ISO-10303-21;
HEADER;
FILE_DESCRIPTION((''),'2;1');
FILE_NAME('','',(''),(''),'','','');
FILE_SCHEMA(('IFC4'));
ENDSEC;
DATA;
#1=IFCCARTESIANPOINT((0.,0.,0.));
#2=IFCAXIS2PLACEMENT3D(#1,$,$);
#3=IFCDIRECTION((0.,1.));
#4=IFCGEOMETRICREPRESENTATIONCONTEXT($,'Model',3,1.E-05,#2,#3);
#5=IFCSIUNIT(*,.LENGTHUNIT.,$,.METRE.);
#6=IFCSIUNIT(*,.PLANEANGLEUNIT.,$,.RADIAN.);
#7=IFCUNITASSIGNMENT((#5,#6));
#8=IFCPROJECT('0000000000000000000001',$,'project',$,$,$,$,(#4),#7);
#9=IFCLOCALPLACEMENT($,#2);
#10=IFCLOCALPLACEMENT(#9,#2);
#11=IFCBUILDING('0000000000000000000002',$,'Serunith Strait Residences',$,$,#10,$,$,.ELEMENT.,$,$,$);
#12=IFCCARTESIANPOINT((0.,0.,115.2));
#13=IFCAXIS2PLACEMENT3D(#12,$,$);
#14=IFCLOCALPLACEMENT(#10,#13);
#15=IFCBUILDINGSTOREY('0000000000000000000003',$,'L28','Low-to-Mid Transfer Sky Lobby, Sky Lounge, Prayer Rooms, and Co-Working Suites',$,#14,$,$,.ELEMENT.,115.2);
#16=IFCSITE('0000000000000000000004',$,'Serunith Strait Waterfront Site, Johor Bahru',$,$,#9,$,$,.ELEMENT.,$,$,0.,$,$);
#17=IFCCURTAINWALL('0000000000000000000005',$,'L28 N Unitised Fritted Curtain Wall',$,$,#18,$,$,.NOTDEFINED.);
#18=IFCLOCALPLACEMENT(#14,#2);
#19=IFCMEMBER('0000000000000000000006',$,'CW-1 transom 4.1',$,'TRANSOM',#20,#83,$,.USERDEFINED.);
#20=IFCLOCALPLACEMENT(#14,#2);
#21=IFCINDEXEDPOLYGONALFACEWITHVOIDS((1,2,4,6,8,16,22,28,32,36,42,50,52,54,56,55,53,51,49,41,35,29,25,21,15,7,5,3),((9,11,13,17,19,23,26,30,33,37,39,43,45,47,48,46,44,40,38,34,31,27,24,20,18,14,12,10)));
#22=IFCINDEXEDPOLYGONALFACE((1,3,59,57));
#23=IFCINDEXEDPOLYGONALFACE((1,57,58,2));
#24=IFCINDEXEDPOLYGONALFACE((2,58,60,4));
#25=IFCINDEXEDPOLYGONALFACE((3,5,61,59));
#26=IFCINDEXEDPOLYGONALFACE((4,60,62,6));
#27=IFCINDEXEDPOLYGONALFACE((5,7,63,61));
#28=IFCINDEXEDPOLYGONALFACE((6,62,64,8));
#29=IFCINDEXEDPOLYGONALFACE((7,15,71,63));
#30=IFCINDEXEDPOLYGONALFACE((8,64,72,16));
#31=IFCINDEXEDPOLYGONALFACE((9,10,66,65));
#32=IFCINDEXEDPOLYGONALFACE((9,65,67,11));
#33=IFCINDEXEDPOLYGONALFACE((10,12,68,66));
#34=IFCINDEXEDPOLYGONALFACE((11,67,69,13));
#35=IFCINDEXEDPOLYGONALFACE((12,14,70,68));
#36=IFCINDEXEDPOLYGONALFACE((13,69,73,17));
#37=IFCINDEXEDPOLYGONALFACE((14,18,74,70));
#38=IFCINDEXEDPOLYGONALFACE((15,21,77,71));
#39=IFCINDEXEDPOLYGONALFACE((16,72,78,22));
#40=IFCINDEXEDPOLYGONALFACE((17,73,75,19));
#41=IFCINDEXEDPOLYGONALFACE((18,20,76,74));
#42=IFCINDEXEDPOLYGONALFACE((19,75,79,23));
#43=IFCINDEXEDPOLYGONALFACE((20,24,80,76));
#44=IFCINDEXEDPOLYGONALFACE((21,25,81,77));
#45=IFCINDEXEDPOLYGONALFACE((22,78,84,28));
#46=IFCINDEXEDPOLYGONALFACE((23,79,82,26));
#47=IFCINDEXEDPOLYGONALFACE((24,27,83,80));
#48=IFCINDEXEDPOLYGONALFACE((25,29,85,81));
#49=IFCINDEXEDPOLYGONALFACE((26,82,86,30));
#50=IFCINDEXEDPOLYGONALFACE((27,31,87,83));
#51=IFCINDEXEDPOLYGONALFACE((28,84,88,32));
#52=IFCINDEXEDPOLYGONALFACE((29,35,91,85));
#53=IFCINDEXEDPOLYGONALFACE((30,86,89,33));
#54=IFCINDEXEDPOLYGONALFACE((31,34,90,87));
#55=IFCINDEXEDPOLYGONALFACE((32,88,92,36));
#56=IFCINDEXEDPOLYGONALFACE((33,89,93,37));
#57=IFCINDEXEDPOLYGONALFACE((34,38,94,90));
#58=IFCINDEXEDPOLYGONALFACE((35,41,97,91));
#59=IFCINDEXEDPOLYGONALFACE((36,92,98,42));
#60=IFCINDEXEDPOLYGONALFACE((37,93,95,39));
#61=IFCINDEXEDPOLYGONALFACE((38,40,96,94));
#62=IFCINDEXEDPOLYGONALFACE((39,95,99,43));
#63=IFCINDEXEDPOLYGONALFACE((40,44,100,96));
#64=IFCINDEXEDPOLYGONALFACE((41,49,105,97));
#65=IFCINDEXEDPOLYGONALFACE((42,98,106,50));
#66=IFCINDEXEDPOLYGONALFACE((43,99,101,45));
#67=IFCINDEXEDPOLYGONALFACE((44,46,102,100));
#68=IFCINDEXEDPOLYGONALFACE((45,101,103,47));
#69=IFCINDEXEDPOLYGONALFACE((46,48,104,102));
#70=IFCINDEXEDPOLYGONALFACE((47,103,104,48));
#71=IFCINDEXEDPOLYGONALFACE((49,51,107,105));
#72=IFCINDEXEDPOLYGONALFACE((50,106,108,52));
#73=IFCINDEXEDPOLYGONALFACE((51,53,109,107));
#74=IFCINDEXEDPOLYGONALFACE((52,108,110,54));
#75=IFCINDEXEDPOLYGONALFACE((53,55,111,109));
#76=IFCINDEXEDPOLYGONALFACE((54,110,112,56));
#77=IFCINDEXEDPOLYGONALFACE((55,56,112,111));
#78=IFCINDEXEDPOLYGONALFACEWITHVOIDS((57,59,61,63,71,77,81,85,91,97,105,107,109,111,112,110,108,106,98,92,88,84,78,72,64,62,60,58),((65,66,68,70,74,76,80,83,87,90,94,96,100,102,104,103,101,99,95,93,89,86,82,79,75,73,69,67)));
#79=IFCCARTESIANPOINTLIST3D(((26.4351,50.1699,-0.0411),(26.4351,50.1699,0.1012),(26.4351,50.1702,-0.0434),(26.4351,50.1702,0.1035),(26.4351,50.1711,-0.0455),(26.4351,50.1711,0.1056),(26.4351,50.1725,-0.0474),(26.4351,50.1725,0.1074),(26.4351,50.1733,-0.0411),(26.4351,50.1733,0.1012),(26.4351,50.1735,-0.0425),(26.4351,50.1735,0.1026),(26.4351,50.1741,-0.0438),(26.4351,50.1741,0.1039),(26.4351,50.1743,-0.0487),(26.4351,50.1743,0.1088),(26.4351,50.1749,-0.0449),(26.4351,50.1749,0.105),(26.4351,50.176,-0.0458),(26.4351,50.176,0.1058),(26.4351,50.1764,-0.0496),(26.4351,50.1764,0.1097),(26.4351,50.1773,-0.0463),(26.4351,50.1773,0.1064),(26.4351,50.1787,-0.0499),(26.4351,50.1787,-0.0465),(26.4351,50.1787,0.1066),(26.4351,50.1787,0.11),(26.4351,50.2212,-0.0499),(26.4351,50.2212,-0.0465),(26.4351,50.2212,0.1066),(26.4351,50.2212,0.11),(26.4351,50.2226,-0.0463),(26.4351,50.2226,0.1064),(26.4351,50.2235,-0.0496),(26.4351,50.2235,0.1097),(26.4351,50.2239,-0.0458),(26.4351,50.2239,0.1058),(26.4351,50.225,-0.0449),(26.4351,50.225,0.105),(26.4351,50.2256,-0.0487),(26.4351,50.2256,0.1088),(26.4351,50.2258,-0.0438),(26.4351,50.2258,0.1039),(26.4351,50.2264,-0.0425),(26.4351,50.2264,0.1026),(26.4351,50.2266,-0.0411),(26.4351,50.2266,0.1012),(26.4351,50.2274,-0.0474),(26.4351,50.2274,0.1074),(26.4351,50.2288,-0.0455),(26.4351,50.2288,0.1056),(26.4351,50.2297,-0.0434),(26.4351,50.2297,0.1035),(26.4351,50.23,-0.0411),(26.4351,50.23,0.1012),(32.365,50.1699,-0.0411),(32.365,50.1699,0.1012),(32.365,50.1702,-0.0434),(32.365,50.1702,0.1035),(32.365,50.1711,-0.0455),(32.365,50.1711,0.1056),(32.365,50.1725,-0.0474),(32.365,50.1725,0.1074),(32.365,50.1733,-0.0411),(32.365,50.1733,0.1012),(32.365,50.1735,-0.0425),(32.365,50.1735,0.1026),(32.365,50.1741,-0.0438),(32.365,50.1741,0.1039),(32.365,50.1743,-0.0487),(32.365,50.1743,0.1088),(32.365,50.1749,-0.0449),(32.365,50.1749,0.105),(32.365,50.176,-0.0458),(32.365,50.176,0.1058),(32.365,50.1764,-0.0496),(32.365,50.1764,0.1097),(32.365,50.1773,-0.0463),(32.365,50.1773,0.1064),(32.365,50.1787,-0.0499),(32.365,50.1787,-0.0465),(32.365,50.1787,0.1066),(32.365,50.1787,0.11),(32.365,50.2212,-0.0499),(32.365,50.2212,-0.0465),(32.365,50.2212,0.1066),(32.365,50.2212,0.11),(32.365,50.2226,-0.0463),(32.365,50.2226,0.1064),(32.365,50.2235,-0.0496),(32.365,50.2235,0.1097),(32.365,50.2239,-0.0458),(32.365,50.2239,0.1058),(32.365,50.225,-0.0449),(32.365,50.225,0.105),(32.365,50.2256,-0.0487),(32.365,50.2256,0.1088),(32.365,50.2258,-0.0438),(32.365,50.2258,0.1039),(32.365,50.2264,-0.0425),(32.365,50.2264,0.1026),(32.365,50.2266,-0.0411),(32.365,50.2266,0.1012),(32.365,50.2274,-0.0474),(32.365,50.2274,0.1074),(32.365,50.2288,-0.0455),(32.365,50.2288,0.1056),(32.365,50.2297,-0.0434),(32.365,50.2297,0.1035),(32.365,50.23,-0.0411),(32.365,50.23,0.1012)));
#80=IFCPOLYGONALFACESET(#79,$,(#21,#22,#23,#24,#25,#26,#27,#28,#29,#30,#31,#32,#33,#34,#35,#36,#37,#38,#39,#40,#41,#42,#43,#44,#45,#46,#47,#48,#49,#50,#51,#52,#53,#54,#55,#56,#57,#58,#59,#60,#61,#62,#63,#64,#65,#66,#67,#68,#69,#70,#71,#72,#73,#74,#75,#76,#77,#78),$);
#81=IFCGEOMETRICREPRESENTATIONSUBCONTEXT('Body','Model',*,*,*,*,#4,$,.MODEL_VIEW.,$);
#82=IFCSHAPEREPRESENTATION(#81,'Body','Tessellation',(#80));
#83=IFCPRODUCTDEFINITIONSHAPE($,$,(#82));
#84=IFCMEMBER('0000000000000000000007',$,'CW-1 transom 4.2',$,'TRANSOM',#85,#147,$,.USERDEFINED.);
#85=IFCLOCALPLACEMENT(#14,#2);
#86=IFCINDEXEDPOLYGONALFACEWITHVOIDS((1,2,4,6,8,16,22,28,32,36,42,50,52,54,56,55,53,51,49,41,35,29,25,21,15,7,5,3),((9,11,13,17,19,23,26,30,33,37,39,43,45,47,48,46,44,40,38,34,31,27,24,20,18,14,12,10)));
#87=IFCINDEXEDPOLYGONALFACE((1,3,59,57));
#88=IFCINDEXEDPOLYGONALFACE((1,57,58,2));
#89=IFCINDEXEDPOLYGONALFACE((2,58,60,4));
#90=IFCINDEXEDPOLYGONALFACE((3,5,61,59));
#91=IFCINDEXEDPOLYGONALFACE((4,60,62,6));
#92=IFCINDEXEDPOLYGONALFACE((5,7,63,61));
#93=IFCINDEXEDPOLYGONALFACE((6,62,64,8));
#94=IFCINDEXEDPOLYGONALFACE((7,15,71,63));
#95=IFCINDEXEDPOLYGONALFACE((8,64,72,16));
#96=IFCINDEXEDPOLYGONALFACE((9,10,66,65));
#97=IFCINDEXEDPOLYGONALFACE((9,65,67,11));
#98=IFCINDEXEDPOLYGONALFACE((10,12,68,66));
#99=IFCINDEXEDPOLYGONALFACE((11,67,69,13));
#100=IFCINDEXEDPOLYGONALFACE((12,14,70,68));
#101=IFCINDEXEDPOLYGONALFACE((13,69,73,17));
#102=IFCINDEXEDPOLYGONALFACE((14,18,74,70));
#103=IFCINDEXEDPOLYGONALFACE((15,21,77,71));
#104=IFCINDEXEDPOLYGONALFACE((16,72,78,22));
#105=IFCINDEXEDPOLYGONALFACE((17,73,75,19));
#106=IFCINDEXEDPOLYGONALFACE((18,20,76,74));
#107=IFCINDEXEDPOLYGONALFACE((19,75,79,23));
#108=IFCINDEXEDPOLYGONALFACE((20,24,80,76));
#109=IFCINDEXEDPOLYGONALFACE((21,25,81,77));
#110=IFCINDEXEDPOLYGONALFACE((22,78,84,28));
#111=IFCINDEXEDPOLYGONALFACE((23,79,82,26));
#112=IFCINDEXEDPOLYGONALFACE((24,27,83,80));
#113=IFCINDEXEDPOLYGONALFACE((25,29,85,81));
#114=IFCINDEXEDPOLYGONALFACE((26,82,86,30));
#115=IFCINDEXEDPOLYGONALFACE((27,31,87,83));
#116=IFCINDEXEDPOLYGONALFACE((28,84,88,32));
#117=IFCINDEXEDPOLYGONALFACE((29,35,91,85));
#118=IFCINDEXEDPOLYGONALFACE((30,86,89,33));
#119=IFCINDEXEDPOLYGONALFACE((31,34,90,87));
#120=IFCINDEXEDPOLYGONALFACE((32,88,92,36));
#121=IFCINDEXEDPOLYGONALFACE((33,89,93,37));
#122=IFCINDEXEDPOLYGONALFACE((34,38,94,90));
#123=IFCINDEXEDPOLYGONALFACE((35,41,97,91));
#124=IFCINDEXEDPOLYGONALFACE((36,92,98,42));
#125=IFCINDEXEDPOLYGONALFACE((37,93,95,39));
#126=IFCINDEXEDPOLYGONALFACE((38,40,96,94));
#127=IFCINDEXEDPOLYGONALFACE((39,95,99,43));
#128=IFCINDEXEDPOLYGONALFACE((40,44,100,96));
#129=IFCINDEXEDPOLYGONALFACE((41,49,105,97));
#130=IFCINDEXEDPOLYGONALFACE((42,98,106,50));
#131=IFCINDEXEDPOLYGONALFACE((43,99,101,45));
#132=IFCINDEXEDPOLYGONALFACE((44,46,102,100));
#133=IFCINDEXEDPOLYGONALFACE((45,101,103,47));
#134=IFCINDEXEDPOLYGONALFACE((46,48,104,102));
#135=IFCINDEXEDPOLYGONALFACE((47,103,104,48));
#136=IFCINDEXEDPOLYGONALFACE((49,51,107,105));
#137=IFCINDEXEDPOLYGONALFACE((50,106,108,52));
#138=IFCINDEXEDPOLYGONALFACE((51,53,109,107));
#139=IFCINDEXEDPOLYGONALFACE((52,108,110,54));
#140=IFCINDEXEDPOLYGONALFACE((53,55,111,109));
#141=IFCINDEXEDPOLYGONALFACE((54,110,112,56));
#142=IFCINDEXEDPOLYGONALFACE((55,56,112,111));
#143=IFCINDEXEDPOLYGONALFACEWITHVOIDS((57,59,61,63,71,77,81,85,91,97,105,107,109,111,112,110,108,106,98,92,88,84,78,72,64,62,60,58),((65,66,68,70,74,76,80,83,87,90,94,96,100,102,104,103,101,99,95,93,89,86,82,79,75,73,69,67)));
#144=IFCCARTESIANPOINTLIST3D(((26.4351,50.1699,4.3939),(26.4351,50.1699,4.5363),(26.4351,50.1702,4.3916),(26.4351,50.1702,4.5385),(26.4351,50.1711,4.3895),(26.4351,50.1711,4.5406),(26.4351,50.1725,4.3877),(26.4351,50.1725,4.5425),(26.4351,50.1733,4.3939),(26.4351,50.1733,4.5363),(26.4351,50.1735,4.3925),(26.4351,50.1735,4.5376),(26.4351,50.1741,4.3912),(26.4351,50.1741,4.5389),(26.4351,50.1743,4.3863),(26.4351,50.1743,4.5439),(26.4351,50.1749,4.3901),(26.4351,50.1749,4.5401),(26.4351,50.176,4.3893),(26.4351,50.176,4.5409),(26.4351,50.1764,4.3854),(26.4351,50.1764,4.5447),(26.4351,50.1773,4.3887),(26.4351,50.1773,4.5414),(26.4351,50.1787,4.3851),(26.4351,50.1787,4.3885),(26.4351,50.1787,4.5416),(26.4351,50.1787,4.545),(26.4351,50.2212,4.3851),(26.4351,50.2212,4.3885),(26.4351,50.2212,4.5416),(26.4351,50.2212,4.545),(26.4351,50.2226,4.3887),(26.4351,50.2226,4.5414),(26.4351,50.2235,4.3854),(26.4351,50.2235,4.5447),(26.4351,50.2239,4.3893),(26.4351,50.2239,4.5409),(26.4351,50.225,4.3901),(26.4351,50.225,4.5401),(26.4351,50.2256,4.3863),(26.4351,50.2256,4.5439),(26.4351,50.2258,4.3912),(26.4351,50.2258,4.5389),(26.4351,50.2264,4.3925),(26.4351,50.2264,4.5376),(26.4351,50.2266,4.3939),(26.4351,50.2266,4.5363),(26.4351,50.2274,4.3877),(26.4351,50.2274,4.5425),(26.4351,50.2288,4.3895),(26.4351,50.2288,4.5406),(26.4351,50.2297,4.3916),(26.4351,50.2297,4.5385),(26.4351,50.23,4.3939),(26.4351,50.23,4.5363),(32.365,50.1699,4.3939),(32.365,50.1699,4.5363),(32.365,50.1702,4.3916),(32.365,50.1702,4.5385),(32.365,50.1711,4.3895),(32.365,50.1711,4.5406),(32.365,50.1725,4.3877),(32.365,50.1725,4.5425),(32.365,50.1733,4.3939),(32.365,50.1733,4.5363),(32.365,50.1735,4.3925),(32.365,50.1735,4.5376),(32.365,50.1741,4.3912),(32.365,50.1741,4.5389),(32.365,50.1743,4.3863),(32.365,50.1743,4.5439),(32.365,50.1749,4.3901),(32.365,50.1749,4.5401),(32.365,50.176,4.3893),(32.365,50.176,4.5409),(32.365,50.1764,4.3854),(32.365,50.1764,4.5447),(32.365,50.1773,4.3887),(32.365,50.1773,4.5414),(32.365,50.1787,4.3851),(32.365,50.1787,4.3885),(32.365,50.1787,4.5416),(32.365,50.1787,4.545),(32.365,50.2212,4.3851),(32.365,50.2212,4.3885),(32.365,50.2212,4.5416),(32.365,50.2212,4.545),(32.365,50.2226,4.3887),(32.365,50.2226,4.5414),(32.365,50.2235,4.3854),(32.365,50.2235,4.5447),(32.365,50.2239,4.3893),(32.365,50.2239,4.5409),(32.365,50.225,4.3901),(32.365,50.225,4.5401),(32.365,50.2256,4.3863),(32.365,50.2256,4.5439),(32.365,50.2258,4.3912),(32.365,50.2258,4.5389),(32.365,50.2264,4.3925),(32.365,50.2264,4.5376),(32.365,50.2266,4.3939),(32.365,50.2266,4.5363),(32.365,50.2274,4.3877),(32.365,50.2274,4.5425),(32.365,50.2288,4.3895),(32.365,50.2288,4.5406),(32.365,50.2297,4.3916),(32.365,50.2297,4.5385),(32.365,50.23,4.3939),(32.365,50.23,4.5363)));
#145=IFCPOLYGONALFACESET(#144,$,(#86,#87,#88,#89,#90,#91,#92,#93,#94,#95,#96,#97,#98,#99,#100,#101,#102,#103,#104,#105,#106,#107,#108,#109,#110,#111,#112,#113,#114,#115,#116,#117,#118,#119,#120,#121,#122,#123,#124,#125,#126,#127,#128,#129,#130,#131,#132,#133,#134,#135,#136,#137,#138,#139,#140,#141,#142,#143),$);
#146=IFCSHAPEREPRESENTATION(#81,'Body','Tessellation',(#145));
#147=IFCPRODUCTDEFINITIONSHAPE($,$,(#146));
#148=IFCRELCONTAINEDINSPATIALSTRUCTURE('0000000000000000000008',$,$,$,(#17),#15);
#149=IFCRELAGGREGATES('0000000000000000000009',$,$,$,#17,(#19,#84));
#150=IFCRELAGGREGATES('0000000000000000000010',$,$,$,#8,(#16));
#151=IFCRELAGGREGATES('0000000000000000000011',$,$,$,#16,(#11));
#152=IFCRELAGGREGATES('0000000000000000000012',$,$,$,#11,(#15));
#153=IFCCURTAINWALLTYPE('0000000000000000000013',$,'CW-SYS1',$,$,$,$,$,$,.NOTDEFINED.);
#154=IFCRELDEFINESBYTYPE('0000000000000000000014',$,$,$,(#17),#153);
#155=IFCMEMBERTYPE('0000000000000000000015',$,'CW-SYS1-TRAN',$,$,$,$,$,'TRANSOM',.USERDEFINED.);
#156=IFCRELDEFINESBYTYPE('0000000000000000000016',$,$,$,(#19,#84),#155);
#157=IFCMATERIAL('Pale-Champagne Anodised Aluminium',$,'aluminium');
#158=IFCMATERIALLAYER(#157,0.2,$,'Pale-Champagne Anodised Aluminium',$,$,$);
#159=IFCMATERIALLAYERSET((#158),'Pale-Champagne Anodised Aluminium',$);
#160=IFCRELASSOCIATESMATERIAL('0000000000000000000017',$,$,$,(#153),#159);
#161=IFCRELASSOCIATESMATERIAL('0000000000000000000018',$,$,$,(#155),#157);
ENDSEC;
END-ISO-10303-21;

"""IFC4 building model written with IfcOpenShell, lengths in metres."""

from ifc_helpers import new_model, si_unit, direction, frame, origin, origin_2d, place, context, subcontext, project, spatial, hollow_rectangle, extrude, source, transform, mapped, material, layer, layer_set, material_profile, profile_set, type_object, element, aggregate, save


model = new_model("IFC4")

# Units and contexts
model_context = context("Model", 3, precision=1e-05, world=origin(), true_north=direction((0.0, 1.0)))
body_context = subcontext(model_context, "Body", "Model", "MODEL_VIEW")
ifc_project = project(units=[si_unit("LENGTHUNIT", "METRE"), si_unit("PLANEANGLEUNIT", "RADIAN")], contexts=[model_context])

# Site, building, storey
site_placement = place(None, origin())
site = spatial("IfcSite", under=ifc_project, at=site_placement, Name="Serunith Strait Waterfront Site, Johor Bahru", CompositionType="ELEMENT", RefElevation=0.0)
building_placement = place(site_placement, origin())
building = spatial("IfcBuilding", under=site, at=building_placement, Name="Serunith Strait Residences", CompositionType="ELEMENT")
storey_placement = place(building_placement, frame((0.0, 0.0, 115.2)))
storey = spatial("IfcBuildingStorey", under=building, at=storey_placement, Name="L28", Description="Low-to-Mid Transfer Sky Lobby, Sky Lounge, Prayer Rooms, and Co-Working Suites", CompositionType="ELEMENT", Elevation=115.2)

# Curtain wall, members
ifc_material_1 = material(Name="Pale-Champagne Anodised Aluminium", Category="aluminium")
ifc_layer_1 = layer(ifc_material_1, 0.2, Name="Pale-Champagne Anodised Aluminium")
ifc_layer_set_1 = layer_set([ifc_layer_1], Name="Pale-Champagne Anodised Aluminium")
curtain_wall_type = type_object("IfcCurtainWallType", Name="CW-SYS1", PredefinedType="NOTDEFINED", material=ifc_layer_set_1)
curtain_wall_placement = place(storey_placement, origin())
curtain_wall = element("IfcCurtainWall", 1, at=curtain_wall_placement, inside=storey, type_object=curtain_wall_type, Name="L28 N Unitised Fritted Curtain Wall", PredefinedType="NOTDEFINED")
ifc_material_profile_1 = material_profile(ifc_material_1, hollow_rectangle(XDim=0.0601, YDim=0.1599, WallThickness=0.0034, InnerFilletRadius=0.0054, OuterFilletRadius=0.0088, at=origin_2d()), Name="ALU 160x60x3.5")
ifc_profile_set_1 = profile_set([ifc_material_profile_1], Name="Pale-Champagne Anodised Aluminium")
member_type_1 = type_object("IfcMemberType", Name="CW-SYS1-TRAN", ElementType="TRANSOM", PredefinedType="USERDEFINED", material=ifc_profile_set_1)
shared_shape_1 = source(origin(), body_context, "Body", "SweptSolid", [
    extrude(hollow_rectangle(XDim=0.0601, YDim=0.1599, WallThickness=0.0034, InnerFilletRadius=0.0054, OuterFilletRadius=0.0088, at=origin_2d()), origin(), (0.0, 0.0, 1.0), 5.9299),
])
member_1_placement = place(storey_placement, frame((32.365, 50.2, 0.03), z_axis=(-1.0, 0.0, 0.0), x_axis=(0.0, -1.0, 0.0)))
member_1 = element("IfcMember", 2, at=member_1_placement, type_object=member_type_1, Name="CW-1 transom 4.1", ObjectType="TRANSOM", PredefinedType="USERDEFINED", context=body_context, shape_type="MappedRepresentation", body=[
    mapped(shared_shape_1, transform((0.0, 0.0, 0.0), scale=1.0)),
])
member_2_placement = place(storey_placement, frame((32.365, 50.2, 4.4651), z_axis=(-1.0, 0.0, 0.0), x_axis=(0.0, -1.0, 0.0)))
member_2 = element("IfcMember", 3, at=member_2_placement, type_object=member_type_1, Name="CW-1 transom 4.2", ObjectType="TRANSOM", PredefinedType="USERDEFINED", context=body_context, shape_type="MappedRepresentation", body=[
    mapped(shared_shape_1, transform((0.0, 0.0, 0.0), scale=1.0)),
])
aggregate(curtain_wall, [member_1, member_2])

save(model, "model.ifc")
